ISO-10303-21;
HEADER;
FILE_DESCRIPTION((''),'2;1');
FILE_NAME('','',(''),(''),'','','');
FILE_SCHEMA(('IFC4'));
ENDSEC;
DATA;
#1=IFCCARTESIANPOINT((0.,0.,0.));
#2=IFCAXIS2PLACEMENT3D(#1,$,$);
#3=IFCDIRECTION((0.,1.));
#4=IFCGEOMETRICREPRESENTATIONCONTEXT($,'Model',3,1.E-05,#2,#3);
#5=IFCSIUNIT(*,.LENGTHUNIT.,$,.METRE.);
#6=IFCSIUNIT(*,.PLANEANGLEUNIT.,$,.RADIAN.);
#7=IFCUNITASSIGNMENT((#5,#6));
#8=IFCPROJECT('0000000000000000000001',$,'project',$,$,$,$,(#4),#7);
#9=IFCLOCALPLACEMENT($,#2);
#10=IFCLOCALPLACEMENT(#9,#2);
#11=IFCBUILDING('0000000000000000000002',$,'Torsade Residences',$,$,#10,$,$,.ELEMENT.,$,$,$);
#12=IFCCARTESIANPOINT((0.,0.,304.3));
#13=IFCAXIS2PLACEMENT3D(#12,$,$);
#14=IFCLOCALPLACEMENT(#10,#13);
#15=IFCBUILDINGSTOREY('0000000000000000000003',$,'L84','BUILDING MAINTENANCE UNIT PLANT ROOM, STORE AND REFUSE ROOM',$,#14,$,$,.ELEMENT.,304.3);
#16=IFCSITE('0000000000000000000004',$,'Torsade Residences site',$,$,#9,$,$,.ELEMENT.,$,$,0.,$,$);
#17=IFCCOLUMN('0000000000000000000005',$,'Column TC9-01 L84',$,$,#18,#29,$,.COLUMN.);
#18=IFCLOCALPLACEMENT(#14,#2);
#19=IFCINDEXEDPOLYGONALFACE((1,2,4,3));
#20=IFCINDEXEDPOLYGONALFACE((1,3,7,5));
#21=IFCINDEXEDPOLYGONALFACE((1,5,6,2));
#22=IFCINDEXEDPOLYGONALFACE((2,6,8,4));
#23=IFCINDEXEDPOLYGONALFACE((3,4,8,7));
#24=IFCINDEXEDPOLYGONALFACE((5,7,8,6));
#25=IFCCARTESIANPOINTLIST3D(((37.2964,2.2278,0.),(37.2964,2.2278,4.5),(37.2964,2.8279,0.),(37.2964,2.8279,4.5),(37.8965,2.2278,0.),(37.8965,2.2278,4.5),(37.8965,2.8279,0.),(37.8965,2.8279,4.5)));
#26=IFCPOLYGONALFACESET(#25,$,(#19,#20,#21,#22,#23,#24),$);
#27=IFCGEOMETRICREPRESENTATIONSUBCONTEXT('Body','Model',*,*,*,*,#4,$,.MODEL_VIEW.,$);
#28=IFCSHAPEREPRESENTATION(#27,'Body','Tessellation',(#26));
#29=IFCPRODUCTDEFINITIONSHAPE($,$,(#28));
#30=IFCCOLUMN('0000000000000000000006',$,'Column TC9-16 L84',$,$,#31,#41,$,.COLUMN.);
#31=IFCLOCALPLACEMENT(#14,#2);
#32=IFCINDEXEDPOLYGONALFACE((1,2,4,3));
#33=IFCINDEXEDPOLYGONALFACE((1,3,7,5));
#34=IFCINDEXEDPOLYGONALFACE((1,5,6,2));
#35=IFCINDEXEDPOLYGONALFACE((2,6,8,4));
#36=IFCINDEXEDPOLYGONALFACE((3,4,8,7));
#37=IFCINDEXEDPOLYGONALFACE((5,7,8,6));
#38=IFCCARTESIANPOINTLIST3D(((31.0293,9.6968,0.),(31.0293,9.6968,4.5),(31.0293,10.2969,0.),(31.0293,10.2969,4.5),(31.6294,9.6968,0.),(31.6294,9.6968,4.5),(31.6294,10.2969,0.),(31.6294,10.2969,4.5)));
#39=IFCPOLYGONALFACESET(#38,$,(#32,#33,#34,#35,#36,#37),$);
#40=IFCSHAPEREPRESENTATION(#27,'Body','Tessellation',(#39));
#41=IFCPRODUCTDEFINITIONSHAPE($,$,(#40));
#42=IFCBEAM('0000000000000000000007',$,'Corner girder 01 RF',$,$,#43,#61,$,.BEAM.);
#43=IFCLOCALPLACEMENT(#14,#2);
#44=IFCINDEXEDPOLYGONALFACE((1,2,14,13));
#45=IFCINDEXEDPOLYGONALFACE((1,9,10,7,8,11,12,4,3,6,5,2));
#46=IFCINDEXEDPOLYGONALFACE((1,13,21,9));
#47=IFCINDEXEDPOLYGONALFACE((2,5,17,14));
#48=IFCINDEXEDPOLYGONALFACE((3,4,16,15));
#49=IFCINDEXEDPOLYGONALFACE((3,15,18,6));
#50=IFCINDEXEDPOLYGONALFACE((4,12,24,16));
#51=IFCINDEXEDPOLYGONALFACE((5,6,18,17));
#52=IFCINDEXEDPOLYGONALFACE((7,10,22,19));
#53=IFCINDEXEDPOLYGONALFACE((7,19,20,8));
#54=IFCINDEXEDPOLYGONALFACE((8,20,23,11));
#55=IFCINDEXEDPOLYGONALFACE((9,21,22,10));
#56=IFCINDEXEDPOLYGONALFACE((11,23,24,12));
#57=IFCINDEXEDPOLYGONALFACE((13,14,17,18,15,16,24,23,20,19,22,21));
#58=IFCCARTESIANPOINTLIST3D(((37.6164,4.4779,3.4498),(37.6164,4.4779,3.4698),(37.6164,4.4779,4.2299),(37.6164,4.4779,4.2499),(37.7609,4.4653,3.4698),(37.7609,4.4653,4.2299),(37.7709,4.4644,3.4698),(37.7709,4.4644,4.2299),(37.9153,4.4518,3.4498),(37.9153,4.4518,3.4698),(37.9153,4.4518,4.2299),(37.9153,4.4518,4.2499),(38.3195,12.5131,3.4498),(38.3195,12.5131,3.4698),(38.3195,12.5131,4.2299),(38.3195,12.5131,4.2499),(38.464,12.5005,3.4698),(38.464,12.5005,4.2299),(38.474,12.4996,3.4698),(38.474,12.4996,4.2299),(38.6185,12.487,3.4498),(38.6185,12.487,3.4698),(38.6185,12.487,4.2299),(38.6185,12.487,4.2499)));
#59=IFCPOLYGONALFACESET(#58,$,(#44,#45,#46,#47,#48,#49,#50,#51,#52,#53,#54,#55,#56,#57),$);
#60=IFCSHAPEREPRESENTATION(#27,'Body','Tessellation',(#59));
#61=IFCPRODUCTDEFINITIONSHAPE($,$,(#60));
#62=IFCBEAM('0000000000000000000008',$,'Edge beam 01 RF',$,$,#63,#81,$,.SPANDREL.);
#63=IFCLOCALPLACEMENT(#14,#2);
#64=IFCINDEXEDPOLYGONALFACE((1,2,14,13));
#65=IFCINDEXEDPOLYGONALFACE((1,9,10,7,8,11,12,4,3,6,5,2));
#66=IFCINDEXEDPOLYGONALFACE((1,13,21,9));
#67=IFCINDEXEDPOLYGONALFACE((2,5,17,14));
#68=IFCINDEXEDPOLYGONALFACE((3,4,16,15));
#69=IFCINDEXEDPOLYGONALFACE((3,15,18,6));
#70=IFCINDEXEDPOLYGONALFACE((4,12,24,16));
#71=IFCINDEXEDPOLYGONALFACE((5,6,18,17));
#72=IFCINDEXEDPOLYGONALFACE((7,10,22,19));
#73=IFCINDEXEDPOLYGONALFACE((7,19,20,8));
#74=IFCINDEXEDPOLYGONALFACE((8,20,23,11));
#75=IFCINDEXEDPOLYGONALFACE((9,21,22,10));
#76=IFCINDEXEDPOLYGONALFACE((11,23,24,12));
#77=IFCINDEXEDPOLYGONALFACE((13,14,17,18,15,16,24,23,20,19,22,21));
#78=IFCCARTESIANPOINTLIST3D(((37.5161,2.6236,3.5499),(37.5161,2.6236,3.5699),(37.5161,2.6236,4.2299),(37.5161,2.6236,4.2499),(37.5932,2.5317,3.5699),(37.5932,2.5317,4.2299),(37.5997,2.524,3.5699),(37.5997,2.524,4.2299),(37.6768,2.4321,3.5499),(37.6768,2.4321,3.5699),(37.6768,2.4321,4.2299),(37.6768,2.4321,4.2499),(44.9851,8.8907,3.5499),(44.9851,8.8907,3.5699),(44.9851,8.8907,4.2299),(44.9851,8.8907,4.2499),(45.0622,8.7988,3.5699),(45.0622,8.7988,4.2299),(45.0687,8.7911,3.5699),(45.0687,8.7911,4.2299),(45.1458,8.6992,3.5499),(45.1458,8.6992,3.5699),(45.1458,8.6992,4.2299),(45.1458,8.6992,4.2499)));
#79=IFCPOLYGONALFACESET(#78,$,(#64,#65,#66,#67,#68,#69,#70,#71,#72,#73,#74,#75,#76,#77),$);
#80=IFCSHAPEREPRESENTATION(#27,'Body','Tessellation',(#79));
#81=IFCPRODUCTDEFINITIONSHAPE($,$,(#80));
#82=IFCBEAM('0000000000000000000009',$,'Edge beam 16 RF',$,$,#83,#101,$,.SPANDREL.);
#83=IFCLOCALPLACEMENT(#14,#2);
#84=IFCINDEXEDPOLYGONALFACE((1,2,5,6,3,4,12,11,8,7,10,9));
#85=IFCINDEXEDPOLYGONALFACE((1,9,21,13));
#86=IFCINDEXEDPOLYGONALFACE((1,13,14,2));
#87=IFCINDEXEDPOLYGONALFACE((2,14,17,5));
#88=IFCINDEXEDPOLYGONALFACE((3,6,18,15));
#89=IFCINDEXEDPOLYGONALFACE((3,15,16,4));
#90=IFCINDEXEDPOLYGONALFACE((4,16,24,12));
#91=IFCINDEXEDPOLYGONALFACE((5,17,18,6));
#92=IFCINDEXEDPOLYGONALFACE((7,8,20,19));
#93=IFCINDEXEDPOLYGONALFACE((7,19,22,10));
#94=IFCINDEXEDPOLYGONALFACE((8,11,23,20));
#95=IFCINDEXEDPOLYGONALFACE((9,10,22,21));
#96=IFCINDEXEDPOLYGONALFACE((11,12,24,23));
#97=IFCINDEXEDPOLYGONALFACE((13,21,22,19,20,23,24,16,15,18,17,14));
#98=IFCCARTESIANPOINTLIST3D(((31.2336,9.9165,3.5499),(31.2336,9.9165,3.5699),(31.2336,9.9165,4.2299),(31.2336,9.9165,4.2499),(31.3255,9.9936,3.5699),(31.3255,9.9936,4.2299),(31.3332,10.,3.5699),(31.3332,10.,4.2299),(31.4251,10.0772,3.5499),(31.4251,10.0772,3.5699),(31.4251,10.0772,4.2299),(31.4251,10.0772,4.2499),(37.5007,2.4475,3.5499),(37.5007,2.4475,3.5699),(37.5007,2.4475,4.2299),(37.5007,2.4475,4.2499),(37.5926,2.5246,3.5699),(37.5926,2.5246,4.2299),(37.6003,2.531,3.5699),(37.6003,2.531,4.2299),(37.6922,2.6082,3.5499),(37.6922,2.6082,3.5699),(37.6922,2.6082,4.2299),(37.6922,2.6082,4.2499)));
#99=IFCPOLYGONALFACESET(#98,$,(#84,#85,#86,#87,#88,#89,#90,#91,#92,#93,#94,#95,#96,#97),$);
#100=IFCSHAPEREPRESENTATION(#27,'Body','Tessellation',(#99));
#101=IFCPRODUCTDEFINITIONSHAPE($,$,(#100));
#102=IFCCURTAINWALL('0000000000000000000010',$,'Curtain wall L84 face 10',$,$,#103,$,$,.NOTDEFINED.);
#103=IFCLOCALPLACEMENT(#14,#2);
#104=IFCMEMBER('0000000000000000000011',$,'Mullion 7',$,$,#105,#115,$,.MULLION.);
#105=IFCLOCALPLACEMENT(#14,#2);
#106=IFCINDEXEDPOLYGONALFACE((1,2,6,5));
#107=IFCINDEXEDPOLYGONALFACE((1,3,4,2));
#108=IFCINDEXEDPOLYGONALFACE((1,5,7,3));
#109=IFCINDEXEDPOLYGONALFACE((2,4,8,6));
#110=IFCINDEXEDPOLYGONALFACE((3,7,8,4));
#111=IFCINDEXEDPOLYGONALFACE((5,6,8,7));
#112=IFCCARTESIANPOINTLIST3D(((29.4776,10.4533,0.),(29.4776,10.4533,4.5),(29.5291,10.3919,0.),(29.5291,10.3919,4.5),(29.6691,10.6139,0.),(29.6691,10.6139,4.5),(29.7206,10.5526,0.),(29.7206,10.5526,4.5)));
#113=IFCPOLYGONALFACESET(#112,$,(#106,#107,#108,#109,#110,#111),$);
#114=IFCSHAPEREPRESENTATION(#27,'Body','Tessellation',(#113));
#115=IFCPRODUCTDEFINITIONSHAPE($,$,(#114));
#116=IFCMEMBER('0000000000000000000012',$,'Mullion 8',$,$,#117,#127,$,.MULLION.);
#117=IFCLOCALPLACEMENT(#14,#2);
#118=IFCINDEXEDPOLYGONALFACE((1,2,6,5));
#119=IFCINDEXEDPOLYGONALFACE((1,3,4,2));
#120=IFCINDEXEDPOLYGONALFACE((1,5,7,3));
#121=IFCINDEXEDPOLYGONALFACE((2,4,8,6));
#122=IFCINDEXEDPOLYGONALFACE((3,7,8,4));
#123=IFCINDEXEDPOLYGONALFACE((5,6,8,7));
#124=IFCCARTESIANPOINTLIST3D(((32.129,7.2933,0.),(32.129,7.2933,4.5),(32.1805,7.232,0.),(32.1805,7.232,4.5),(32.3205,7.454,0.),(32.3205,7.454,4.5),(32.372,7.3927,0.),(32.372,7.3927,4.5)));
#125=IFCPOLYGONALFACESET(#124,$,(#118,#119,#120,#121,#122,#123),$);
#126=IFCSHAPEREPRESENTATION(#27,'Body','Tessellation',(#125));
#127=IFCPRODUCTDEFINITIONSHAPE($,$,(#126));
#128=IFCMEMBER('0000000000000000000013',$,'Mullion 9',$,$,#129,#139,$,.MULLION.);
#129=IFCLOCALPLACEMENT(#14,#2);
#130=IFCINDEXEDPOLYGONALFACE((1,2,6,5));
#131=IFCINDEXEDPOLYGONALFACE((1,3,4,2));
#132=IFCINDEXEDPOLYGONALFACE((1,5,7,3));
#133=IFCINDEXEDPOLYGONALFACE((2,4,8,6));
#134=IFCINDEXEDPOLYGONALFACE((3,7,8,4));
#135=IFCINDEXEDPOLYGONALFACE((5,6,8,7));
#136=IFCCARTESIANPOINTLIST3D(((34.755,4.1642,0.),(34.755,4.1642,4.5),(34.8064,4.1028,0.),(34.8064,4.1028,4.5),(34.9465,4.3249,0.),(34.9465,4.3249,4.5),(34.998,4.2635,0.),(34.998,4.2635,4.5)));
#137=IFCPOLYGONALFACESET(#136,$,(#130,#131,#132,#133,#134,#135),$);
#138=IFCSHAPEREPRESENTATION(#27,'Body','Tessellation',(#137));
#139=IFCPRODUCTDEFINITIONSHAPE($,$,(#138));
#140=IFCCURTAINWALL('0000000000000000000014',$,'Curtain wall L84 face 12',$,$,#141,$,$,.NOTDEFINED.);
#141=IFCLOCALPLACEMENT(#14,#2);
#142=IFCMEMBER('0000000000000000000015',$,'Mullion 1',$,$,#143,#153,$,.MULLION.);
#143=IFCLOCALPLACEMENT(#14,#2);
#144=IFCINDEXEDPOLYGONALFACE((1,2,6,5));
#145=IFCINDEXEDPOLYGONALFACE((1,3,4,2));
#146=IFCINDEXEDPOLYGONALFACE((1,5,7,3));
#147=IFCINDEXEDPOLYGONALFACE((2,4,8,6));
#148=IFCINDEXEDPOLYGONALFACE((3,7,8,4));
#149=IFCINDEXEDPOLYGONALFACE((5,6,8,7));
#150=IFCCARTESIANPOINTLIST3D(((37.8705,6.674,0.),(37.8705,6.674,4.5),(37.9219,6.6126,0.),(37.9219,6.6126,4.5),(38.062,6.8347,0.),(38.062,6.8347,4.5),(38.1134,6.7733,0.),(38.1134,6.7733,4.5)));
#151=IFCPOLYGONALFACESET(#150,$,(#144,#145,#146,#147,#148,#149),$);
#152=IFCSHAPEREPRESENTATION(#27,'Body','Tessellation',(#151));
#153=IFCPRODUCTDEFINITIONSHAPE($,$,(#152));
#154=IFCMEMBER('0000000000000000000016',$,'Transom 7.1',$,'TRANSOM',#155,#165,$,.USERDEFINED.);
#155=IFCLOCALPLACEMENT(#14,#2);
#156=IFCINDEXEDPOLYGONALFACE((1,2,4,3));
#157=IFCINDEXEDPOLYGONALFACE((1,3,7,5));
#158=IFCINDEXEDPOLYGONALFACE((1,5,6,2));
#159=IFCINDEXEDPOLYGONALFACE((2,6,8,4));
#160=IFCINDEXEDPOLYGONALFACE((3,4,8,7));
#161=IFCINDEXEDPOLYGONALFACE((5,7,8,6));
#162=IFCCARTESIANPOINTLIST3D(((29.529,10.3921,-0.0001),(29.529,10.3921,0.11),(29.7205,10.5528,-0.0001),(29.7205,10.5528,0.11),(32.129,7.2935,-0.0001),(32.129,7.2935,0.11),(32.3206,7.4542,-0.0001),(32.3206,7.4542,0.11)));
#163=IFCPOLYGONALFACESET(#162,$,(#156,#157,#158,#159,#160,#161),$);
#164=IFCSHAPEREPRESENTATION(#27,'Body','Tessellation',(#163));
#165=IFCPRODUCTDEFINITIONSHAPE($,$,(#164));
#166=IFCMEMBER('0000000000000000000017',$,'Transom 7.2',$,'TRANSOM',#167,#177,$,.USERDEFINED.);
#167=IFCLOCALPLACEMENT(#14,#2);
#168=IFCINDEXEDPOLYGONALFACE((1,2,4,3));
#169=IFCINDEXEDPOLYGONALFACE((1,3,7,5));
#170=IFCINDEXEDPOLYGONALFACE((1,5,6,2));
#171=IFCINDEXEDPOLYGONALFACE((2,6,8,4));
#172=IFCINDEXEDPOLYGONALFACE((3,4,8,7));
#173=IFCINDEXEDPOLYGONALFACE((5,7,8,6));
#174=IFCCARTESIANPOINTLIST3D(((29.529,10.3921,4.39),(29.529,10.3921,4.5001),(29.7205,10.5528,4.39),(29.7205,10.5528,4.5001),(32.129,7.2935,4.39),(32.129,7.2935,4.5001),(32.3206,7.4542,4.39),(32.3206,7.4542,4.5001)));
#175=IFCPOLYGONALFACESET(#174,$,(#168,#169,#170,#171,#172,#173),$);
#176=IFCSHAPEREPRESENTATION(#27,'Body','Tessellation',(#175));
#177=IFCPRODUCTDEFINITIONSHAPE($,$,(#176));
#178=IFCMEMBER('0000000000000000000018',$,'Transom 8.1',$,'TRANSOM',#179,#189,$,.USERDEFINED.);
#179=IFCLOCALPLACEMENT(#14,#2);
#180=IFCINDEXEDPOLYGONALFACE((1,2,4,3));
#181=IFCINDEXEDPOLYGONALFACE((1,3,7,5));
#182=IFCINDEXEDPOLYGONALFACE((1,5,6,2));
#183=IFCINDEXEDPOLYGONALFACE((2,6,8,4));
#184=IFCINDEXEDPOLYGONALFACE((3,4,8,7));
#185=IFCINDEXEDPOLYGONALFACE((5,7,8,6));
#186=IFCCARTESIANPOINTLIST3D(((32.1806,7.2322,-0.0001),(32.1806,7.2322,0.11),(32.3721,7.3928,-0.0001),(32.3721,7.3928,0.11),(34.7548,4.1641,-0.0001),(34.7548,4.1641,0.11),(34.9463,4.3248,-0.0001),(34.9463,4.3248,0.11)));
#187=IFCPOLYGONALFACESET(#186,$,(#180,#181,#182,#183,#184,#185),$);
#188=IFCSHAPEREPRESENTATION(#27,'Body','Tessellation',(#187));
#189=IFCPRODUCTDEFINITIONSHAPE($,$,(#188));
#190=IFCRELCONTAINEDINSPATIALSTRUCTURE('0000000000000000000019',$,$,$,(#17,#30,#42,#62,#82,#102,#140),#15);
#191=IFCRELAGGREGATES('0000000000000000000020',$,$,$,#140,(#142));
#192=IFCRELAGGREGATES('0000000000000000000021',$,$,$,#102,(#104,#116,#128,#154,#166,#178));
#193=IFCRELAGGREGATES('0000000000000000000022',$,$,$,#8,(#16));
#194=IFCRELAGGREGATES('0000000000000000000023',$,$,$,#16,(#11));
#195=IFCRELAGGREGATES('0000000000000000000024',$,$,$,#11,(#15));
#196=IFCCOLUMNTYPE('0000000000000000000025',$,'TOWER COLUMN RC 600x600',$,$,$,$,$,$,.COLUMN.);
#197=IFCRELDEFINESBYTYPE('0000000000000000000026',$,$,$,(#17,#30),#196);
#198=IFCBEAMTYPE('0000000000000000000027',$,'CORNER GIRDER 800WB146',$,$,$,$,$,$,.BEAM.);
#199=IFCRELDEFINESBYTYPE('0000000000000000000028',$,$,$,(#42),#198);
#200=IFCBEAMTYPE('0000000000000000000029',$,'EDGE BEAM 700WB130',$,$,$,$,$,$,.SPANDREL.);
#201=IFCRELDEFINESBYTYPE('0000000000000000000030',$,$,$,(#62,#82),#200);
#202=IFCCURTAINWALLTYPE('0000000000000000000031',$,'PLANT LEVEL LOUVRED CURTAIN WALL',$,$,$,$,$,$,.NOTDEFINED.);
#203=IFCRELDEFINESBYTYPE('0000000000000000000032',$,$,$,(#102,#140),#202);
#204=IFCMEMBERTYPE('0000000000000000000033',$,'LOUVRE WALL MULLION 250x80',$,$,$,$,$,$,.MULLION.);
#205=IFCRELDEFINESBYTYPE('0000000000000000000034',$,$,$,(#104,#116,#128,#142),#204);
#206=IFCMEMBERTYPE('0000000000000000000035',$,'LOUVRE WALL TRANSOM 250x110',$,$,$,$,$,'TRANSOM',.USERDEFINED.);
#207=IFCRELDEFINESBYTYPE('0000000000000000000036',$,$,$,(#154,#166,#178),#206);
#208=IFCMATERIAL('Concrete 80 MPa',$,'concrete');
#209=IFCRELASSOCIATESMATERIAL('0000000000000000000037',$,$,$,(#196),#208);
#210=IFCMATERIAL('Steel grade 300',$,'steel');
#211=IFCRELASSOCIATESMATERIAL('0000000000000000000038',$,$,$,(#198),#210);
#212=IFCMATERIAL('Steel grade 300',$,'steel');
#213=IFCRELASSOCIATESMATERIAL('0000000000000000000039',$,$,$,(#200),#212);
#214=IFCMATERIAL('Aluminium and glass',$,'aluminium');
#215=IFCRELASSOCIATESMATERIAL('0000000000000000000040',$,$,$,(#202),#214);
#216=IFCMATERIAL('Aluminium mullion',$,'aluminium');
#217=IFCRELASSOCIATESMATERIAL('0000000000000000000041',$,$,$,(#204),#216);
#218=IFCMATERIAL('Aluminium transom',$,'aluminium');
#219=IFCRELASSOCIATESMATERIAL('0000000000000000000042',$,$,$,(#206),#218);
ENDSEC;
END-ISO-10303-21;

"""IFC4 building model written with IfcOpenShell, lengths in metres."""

from ifc_helpers import new_model, si_unit, direction, frame, origin, origin_2d, place, context, subcontext, project, spatial, rectangle, i_section, extrude, material, material_profile, profile_set, type_object, element, aggregate, save


model = new_model("IFC4")

# Units and contexts
model_context = context("Model", 3, precision=1e-05, world=origin(), true_north=direction((0.0, 1.0)))
body_context = subcontext(model_context, "Body", "Model", "MODEL_VIEW")
ifc_project = project(units=[si_unit("LENGTHUNIT", "METRE"), si_unit("PLANEANGLEUNIT", "RADIAN")], contexts=[model_context])

# Site, building, storey
site_placement = place(None, origin())
site = spatial("IfcSite", under=ifc_project, at=site_placement, Name="Torsade Residences site", CompositionType="ELEMENT", RefElevation=0.0)
building_placement = place(site_placement, origin())
building = spatial("IfcBuilding", under=site, at=building_placement, Name="Torsade Residences", CompositionType="ELEMENT")
storey_placement = place(building_placement, frame((0.0, 0.0, 304.3)))
storey = spatial("IfcBuildingStorey", under=building, at=storey_placement, Name="L84", Description="BUILDING MAINTENANCE UNIT PLANT ROOM, STORE AND REFUSE ROOM", CompositionType="ELEMENT", Elevation=304.3)

# Columns
ifc_material_1 = material(Name="Concrete 80 MPa", Category="concrete")
ifc_material_profile_1 = material_profile(ifc_material_1, rectangle(XDim=0.6001, YDim=0.6001, at=origin_2d()), Name="RC 600x600")
ifc_profile_set_1 = profile_set([ifc_material_profile_1], Name="Concrete 80 MPa")
column_type = type_object("IfcColumnType", Name="TOWER COLUMN RC 600x600", PredefinedType="COLUMN", material=ifc_profile_set_1)
for number, where, z_axis, x_axis, name in (
    (1, (37.5964, 2.5278, 0.0), (0.0, 0.0, 1.0), (1.0, 0.0, 0.0), "Column TC9-01 L84"),
    (2, (31.3293, 9.9968, 0.0), (0.0, 0.0, 1.0), (1.0, 0.0, 0.0), "Column TC9-16 L84"),
):
    element("IfcColumn", number, at=place(storey_placement, frame(where, z_axis=z_axis, x_axis=x_axis)), inside=storey, type_object=column_type, Name=name, PredefinedType="COLUMN", context=body_context, shape_type="SweptSolid", body=[
        extrude(rectangle(XDim=0.6001, YDim=0.6001, at=origin_2d()), origin(), (0.0, 0.0, 1.0), 4.5),
    ])

# Beams
ifc_material_2 = material(Name="Steel grade 300", Category="steel")
ifc_material_profile_2 = material_profile(ifc_material_2, i_section(OverallWidth=0.3, OverallDepth=0.8, WebThickness=0.01, FlangeThickness=0.02, at=origin_2d()), Name="800WB146")
ifc_profile_set_2 = profile_set([ifc_material_profile_2], Name="Steel grade 300")
beam_type_1 = type_object("IfcBeamType", Name="CORNER GIRDER 800WB146", PredefinedType="BEAM", material=ifc_profile_set_2)
beam_1_placement = place(storey_placement, frame((37.7659, 4.4648, 3.8499), z_axis=(0.087173, 0.996193, 0.0), x_axis=(-0.996193, 0.087173, 0.0)))
element("IfcBeam", 3, at=beam_1_placement, inside=storey, type_object=beam_type_1, Name="Corner girder 01 RF", PredefinedType="BEAM", context=body_context, shape_type="SweptSolid", body=[
    extrude(i_section(OverallWidth=0.3, OverallDepth=0.8, WebThickness=0.01, FlangeThickness=0.02, at=origin_2d()), origin(), (0.0, 0.0, 1.0), 8.0659),
])
ifc_material_3 = material(Name="Steel grade 300", Category="steel")
ifc_material_profile_3 = material_profile(ifc_material_3, i_section(OverallWidth=0.25, OverallDepth=0.7, WebThickness=0.01, FlangeThickness=0.02, at=origin_2d()), Name="700WB130")
ifc_profile_set_3 = profile_set([ifc_material_profile_3], Name="Steel grade 300")
beam_type_2 = type_object("IfcBeamType", Name="EDGE BEAM 700WB130", PredefinedType="SPANDREL", material=ifc_profile_set_3)
for number, where, z_axis, x_axis, name in (
    (4, (37.5964, 2.5278, 3.8999), (0.766052, 0.642779, 0.0), (-0.642779, 0.766052, 0.0), "Edge beam 01 RF"),
    (5, (31.3293, 9.9968, 3.8999), (0.642779, -0.766052, 0.0), (0.766052, 0.642779, 0.0), "Edge beam 16 RF"),
):
    element("IfcBeam", number, at=place(storey_placement, frame(where, z_axis=z_axis, x_axis=x_axis)), inside=storey, type_object=beam_type_2, Name=name, PredefinedType="SPANDREL", context=body_context, shape_type="SweptSolid", body=[
        extrude(i_section(OverallWidth=0.25, OverallDepth=0.7, WebThickness=0.01, FlangeThickness=0.02, at=origin_2d()), origin(), (0.0, 0.0, 1.0), 9.75),
    ])

# Curtain wall, members
ifc_material_4 = material(Name="Aluminium and glass", Category="aluminium")
curtain_wall_type = type_object("IfcCurtainWallType", Name="PLANT LEVEL LOUVRED CURTAIN WALL", PredefinedType="NOTDEFINED", material=ifc_material_4)
curtain_wall_1_placement = place(storey_placement, origin())
curtain_wall_1 = element("IfcCurtainWall", 6, at=curtain_wall_1_placement, inside=storey, type_object=curtain_wall_type, Name="Curtain wall L84 face 10", PredefinedType="NOTDEFINED")
ifc_material_5 = material(Name="Aluminium mullion", Category="aluminium")
ifc_material_profile_4 = material_profile(ifc_material_5, rectangle(XDim=0.25, YDim=0.0801, at=origin_2d()), Name="LOUVRE WALL MULLION 250x80")
ifc_profile_set_4 = profile_set([ifc_material_profile_4], Name="Aluminium mullion")
member_type_1 = type_object("IfcMemberType", Name="LOUVRE WALL MULLION 250x80", PredefinedType="MULLION", material=ifc_profile_set_4)
member_1_placement = place(storey_placement, frame((29.5991, 10.5029, 0.0), z_axis=(0.0, 0.0, 1.0), x_axis=(0.766044, 0.642788, 0.0)))
member_1 = element("IfcMember", 7, at=member_1_placement, type_object=member_type_1, Name="Mullion 7", PredefinedType="MULLION", context=body_context, shape_type="SweptSolid", body=[
    extrude(rectangle(XDim=0.25, YDim=0.0801, at=origin_2d()), origin(), (0.0, 0.0, 1.0), 4.5),
])
member_2_placement = place(storey_placement, frame((32.2505, 7.343, 0.0), z_axis=(0.0, 0.0, 1.0), x_axis=(0.766044, 0.642788, 0.0)))
member_2 = element("IfcMember", 8, at=member_2_placement, type_object=member_type_1, Name="Mullion 8", PredefinedType="MULLION", context=body_context, shape_type="SweptSolid", body=[
    extrude(rectangle(XDim=0.25, YDim=0.0801, at=origin_2d()), origin(), (0.0, 0.0, 1.0), 4.5),
])
member_3_placement = place(storey_placement, frame((34.8765, 4.2139, 0.0), z_axis=(0.0, 0.0, 1.0), x_axis=(0.766044, 0.642788, 0.0)))
member_3 = element("IfcMember", 9, at=member_3_placement, type_object=member_type_1, Name="Mullion 9", PredefinedType="MULLION", context=body_context, shape_type="SweptSolid", body=[
    extrude(rectangle(XDim=0.25, YDim=0.0801, at=origin_2d()), origin(), (0.0, 0.0, 1.0), 4.5),
])

# Curtain wall, member
curtain_wall_2_placement = place(storey_placement, origin())
curtain_wall_2 = element("IfcCurtainWall", 10, at=curtain_wall_2_placement, inside=storey, type_object=curtain_wall_type, Name="Curtain wall L84 face 12", PredefinedType="NOTDEFINED")
member_4_placement = place(storey_placement, frame((37.9919, 6.7236, 0.0), z_axis=(0.0, 0.0, 1.0), x_axis=(0.766044, 0.642788, 0.0)))
member_4 = element("IfcMember", 11, at=member_4_placement, type_object=member_type_1, Name="Mullion 1", PredefinedType="MULLION", context=body_context, shape_type="SweptSolid", body=[
    extrude(rectangle(XDim=0.25, YDim=0.0801, at=origin_2d()), origin(), (0.0, 0.0, 1.0), 4.5),
])

# Members
ifc_material_6 = material(Name="Aluminium transom", Category="aluminium")
ifc_material_profile_5 = material_profile(ifc_material_6, rectangle(XDim=0.25, YDim=0.1101, at=origin_2d()), Name="LOUVRE WALL TRANSOM 250x110")
ifc_profile_set_5 = profile_set([ifc_material_profile_5], Name="Aluminium transom")
member_type_2 = type_object("IfcMemberType", Name="LOUVRE WALL TRANSOM 250x110", ElementType="TRANSOM", PredefinedType="USERDEFINED", material=ifc_profile_set_5)
member_5_placement = place(storey_placement, frame((29.6248, 10.4724, 0.0549), z_axis=(0.642793, -0.76604, 0.0), x_axis=(0.76604, 0.642793, 0.0)))
member_5 = element("IfcMember", 12, at=member_5_placement, type_object=member_type_2, Name="Transom 7.1", ObjectType="TRANSOM", PredefinedType="USERDEFINED", context=body_context, shape_type="SweptSolid", body=[
    extrude(rectangle(XDim=0.25, YDim=0.1101, at=origin_2d()), origin(), (0.0, 0.0, 1.0), 4.0449),
])
member_6_placement = place(storey_placement, frame((29.6248, 10.4724, 4.4451), z_axis=(0.642793, -0.76604, 0.0), x_axis=(0.76604, 0.642793, 0.0)))
member_6 = element("IfcMember", 13, at=member_6_placement, type_object=member_type_2, Name="Transom 7.2", ObjectType="TRANSOM", PredefinedType="USERDEFINED", context=body_context, shape_type="SweptSolid", body=[
    extrude(rectangle(XDim=0.25, YDim=0.1101, at=origin_2d()), origin(), (0.0, 0.0, 1.0), 4.0449),
])
member_7_placement = place(storey_placement, frame((32.2764, 7.3125, 0.0549), z_axis=(0.642753, -0.766073, 0.0), x_axis=(0.766073, 0.642753, 0.0)))
member_7 = element("IfcMember", 14, at=member_7_placement, type_object=member_type_2, Name="Transom 8.1", ObjectType="TRANSOM", PredefinedType="USERDEFINED", context=body_context, shape_type="SweptSolid", body=[
    extrude(rectangle(XDim=0.25, YDim=0.1101, at=origin_2d()), origin(), (0.0, 0.0, 1.0), 4.0049),
])
aggregate(curtain_wall_2, [member_4])

aggregate(curtain_wall_1, [member_1, member_2, member_3, member_5, member_6, member_7])

save(model, "model.ifc")
